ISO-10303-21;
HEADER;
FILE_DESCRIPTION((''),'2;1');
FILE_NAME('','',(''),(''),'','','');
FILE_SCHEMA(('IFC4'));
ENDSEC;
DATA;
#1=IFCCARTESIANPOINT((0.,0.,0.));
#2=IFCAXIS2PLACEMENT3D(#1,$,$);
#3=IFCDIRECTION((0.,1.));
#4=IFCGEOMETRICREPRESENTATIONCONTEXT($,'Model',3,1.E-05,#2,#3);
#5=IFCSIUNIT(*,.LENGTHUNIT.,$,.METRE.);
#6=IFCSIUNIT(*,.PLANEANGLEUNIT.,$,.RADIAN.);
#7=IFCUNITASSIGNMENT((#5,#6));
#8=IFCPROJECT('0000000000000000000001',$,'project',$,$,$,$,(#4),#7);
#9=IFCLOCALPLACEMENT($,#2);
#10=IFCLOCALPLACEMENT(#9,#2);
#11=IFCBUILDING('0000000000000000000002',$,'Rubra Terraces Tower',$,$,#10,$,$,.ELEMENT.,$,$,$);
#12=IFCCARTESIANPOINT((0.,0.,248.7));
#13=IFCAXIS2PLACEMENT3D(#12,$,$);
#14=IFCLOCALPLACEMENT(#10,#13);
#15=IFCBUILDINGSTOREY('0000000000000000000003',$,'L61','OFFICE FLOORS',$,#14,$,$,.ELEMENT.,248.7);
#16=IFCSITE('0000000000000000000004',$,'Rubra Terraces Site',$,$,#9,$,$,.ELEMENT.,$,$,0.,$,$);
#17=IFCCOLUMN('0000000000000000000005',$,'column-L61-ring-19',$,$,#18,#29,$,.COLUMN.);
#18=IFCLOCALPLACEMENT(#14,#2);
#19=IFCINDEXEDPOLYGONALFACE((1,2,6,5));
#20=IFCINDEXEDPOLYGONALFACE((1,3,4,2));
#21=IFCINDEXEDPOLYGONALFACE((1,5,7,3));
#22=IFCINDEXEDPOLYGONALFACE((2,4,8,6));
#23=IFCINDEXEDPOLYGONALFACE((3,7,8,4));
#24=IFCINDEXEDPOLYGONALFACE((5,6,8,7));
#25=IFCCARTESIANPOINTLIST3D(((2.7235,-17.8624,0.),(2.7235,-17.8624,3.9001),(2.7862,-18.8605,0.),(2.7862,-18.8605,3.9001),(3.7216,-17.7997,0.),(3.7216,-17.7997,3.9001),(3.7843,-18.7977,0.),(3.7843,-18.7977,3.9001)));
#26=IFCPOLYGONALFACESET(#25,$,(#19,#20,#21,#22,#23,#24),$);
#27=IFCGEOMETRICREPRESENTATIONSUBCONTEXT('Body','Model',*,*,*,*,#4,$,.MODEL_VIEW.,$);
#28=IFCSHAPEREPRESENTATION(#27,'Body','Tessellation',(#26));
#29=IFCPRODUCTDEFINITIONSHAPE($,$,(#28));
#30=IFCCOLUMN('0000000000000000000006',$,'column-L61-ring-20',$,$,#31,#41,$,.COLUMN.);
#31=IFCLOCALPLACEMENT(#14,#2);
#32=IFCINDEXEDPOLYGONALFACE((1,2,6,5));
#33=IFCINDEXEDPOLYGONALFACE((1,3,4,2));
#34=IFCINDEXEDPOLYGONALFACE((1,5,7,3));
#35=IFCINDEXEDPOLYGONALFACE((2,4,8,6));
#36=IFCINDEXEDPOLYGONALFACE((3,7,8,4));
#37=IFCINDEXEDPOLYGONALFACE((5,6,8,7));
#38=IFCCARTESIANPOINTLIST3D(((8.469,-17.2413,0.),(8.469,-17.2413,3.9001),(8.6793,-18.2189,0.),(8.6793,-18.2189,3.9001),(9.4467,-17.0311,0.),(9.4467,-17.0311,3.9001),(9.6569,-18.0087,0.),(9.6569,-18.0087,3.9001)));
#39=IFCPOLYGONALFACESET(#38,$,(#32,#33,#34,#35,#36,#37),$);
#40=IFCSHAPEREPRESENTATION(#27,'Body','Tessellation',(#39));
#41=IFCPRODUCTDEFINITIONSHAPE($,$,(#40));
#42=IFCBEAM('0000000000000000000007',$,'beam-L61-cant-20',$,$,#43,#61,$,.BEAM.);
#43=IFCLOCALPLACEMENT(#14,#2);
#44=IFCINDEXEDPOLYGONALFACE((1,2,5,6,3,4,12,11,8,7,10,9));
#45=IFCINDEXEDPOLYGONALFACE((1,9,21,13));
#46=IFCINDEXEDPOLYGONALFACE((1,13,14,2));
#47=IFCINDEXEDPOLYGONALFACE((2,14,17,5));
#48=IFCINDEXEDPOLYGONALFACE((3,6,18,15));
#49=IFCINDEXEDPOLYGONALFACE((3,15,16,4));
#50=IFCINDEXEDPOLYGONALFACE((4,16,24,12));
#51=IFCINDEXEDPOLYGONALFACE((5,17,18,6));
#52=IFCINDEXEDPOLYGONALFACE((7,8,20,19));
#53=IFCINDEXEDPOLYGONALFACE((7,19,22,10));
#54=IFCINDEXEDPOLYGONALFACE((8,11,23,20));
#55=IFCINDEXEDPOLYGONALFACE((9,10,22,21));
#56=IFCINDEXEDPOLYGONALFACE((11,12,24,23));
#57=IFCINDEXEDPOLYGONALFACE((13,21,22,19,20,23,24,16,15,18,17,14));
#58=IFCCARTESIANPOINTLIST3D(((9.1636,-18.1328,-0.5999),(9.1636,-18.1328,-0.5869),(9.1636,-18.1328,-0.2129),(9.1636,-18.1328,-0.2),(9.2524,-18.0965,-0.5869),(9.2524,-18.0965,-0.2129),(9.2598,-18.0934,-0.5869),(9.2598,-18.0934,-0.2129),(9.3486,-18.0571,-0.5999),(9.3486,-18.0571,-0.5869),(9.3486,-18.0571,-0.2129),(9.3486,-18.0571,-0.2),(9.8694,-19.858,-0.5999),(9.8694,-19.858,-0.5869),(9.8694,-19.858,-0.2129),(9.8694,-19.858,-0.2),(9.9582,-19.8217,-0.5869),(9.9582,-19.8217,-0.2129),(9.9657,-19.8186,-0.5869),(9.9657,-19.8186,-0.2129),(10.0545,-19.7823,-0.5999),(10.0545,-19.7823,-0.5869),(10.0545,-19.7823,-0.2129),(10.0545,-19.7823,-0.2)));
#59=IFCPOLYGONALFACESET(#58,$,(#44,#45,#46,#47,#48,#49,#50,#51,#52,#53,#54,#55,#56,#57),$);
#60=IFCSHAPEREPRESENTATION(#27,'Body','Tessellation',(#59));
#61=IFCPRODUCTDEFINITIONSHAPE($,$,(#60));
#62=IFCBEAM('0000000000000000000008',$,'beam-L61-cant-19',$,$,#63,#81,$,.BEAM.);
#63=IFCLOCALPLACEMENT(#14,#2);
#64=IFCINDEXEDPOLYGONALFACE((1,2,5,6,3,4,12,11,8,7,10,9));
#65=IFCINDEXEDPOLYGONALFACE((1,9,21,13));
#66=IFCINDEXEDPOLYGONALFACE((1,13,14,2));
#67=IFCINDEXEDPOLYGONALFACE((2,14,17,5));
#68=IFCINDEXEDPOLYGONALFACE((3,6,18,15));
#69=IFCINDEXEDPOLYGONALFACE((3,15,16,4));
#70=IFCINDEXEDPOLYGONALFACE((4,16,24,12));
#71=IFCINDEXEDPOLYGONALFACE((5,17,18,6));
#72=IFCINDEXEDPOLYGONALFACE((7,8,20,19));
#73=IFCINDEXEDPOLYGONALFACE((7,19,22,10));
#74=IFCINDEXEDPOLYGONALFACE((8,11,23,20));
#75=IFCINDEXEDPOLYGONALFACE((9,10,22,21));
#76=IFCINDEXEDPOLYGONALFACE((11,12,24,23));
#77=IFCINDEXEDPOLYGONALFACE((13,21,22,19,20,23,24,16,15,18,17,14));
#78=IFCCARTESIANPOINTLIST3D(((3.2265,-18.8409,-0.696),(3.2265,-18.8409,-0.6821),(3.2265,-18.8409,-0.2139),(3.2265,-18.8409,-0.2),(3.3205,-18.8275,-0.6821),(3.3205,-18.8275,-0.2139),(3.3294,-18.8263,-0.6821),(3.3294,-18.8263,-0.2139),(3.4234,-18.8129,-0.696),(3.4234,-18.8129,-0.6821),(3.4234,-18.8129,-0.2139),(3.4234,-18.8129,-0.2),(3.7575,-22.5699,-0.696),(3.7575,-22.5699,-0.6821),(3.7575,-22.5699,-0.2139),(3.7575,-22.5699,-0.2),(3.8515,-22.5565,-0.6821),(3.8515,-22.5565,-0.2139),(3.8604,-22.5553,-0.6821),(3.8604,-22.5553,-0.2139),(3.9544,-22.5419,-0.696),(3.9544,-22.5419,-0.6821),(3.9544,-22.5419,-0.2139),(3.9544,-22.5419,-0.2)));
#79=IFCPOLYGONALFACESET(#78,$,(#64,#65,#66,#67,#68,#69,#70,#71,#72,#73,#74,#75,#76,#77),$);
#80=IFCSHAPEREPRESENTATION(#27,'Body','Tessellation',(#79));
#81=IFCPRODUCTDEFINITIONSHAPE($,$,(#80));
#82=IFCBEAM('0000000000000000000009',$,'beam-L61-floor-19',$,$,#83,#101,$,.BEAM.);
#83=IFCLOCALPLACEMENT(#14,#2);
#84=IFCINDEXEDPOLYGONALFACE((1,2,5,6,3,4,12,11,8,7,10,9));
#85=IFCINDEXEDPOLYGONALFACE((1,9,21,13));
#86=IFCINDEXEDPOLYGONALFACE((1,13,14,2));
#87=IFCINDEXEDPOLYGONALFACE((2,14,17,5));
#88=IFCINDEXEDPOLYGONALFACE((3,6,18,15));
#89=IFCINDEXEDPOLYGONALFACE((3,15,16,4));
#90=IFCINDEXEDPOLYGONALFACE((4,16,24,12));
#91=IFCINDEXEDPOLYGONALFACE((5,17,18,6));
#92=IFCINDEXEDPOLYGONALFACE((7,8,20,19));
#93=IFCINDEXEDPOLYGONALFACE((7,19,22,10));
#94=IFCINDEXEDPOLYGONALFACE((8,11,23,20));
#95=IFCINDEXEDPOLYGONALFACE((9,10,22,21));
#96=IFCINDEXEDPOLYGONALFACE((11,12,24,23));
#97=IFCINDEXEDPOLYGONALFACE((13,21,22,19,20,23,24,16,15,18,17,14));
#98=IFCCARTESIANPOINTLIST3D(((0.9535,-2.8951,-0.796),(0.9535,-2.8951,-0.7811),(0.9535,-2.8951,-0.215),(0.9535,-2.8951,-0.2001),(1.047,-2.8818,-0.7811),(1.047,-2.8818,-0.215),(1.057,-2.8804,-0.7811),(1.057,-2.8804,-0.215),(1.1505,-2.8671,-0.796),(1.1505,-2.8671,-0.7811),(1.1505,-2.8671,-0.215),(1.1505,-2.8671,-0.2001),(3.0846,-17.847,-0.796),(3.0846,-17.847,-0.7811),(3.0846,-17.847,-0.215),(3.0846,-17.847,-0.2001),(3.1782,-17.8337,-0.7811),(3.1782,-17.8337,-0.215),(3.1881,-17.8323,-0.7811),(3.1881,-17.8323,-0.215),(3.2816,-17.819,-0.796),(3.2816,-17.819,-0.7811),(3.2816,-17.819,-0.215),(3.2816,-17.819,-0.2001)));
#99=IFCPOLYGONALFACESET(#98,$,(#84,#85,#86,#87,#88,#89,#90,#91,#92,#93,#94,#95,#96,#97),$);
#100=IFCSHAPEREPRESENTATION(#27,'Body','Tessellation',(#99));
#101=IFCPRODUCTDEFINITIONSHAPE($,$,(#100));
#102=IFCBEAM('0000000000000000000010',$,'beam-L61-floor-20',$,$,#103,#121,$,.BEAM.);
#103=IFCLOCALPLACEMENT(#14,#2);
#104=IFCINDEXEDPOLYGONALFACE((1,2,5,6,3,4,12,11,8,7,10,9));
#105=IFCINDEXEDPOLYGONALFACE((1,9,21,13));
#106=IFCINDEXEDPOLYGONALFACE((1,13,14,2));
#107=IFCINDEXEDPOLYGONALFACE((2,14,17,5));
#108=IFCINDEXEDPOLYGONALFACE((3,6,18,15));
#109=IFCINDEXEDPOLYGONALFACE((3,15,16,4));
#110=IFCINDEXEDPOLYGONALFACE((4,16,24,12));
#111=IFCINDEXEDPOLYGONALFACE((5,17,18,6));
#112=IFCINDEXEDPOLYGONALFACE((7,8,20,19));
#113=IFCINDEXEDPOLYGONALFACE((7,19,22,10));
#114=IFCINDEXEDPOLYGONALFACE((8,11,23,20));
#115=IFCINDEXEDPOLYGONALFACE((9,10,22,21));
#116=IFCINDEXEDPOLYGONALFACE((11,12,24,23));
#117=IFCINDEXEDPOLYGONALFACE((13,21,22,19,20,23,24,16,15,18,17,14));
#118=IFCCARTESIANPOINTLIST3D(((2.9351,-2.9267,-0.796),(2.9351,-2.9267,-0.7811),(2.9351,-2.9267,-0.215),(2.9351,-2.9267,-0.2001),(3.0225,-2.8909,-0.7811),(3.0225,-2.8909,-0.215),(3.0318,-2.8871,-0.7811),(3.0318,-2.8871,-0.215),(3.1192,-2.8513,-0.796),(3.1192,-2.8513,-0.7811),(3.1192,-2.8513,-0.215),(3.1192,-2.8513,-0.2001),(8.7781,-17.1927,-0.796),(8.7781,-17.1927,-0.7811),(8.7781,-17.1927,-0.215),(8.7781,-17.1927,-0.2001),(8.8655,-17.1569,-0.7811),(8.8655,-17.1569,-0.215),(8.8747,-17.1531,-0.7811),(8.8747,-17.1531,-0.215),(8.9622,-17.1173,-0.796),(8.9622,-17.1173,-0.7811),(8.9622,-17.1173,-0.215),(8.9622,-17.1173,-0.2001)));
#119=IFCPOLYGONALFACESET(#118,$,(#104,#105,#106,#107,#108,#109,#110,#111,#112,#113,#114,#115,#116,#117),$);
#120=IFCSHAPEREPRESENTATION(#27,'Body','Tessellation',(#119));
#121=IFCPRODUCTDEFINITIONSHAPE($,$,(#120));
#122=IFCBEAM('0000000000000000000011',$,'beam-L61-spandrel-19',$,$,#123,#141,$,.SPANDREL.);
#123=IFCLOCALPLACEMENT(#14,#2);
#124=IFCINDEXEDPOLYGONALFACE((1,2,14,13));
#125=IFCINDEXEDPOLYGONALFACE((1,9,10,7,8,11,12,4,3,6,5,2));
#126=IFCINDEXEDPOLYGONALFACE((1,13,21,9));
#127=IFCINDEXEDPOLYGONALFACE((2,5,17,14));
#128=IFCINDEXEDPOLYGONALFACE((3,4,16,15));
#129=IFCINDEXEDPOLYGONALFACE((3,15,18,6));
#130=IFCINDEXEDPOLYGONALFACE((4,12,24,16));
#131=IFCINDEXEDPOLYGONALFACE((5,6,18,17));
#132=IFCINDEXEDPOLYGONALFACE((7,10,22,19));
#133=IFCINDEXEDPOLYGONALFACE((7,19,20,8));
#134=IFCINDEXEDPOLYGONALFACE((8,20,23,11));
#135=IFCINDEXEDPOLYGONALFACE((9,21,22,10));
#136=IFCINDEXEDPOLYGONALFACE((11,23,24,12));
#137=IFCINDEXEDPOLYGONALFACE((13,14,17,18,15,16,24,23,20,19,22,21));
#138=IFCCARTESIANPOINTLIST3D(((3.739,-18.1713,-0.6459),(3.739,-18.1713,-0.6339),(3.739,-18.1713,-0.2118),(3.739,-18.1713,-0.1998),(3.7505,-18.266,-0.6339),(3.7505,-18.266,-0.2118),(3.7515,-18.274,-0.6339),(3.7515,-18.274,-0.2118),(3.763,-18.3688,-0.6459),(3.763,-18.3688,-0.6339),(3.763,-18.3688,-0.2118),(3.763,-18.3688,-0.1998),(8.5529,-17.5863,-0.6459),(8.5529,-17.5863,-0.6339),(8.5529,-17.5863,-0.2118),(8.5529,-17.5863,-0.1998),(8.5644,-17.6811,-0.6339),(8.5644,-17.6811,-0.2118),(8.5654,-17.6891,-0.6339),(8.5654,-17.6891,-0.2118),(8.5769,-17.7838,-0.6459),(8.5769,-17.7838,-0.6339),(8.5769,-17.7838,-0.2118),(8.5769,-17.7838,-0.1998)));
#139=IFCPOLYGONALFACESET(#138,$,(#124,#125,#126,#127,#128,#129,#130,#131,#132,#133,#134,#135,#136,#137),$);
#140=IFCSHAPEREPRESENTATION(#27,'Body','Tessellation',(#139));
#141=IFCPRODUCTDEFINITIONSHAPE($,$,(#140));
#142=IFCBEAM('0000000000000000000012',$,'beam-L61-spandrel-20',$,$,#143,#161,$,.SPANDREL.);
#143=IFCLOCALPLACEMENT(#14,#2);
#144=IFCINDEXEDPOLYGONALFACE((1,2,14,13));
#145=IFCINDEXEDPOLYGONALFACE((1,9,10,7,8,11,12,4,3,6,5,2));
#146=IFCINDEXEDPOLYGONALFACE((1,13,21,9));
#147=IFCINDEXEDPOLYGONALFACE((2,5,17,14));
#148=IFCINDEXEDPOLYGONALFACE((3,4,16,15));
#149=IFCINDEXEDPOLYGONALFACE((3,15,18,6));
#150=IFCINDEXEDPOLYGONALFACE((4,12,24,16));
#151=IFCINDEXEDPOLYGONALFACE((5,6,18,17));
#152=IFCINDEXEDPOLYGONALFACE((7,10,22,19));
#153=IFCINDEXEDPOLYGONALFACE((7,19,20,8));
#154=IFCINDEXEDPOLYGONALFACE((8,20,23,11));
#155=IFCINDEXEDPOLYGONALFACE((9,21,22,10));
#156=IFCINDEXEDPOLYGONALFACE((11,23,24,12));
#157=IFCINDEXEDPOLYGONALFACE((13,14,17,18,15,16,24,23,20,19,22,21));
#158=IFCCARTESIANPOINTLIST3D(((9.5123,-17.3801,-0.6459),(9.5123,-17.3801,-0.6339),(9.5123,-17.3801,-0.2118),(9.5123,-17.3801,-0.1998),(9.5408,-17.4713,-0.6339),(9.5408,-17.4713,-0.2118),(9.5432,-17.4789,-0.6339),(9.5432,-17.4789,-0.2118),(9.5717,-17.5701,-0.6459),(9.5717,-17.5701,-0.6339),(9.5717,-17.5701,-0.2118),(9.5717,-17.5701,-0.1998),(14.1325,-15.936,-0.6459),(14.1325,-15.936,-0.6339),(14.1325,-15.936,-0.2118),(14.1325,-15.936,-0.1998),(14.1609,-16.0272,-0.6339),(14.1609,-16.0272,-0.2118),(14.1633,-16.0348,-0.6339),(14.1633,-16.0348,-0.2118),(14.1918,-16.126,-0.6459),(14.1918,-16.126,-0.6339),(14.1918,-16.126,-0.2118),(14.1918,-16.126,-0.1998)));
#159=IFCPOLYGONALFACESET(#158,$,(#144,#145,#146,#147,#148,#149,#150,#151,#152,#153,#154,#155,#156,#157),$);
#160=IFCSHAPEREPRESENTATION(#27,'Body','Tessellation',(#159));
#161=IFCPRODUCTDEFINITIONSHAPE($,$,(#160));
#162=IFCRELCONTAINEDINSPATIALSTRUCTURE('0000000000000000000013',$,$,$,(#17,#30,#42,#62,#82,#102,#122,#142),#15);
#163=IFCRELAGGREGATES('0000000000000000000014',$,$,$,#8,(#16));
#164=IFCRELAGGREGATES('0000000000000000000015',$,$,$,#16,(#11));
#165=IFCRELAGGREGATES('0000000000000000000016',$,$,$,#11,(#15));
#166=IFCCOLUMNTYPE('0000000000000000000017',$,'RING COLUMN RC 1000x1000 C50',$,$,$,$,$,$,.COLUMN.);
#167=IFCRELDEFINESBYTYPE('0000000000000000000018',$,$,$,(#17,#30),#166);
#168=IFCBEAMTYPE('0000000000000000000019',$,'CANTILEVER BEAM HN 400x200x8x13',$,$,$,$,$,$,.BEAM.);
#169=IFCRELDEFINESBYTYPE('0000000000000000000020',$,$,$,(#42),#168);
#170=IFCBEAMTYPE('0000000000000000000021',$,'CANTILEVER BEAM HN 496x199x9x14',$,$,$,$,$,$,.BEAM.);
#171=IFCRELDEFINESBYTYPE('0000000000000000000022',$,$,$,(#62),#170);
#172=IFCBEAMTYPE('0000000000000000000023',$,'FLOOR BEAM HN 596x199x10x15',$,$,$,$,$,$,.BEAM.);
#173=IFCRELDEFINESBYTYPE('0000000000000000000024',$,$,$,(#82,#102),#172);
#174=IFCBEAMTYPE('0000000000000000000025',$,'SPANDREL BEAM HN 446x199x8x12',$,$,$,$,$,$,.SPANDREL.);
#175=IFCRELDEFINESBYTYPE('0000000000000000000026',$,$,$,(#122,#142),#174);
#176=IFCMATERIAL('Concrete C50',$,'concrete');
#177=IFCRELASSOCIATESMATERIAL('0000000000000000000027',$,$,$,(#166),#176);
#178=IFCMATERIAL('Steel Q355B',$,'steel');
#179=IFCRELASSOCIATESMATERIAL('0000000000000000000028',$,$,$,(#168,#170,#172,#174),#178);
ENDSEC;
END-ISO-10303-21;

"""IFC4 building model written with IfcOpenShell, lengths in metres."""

from ifc_helpers import new_model, si_unit, direction, frame, origin, origin_2d, place, context, subcontext, project, spatial, rectangle, i_section, extrude, material, material_profile, profile_set, type_object, element, save


model = new_model("IFC4")

# Units and contexts
model_context = context("Model", 3, precision=1e-05, world=origin(), true_north=direction((0.0, 1.0)))
body_context = subcontext(model_context, "Body", "Model", "MODEL_VIEW")
ifc_project = project(units=[si_unit("LENGTHUNIT", "METRE"), si_unit("PLANEANGLEUNIT", "RADIAN")], contexts=[model_context])

# Site, building, storey
site_placement = place(None, origin())
site = spatial("IfcSite", under=ifc_project, at=site_placement, Name="Rubra Terraces Site", CompositionType="ELEMENT", RefElevation=0.0)
building_placement = place(site_placement, origin())
building = spatial("IfcBuilding", under=site, at=building_placement, Name="Rubra Terraces Tower", CompositionType="ELEMENT")
storey_placement = place(building_placement, frame((0.0, 0.0, 248.7)))
storey = spatial("IfcBuildingStorey", under=building, at=storey_placement, Name="L61", Description="OFFICE FLOORS", CompositionType="ELEMENT", Elevation=248.7)

# Columns
ifc_material_1 = material(Name="Concrete C50", Category="concrete")
ifc_material_profile_1 = material_profile(ifc_material_1, rectangle(XDim=1.0, YDim=1.0, at=origin_2d()), Name="RC 1000x1000")
ifc_profile_set_1 = profile_set([ifc_material_profile_1], Name="Concrete C50")
column_type = type_object("IfcColumnType", Name="RING COLUMN RC 1000x1000 C50", PredefinedType="COLUMN", material=ifc_profile_set_1)
for number, where, z_axis, x_axis, name in (
    (1, (3.2539, -18.3301, 0.0), (0.0, 0.0, 1.0), (0.998032, 0.062714, 0.0), "column-L61-ring-19"),
    (2, (9.063, -17.625, 0.0), (0.0, 0.0, 1.0), (0.977653, 0.210227, 0.0), "column-L61-ring-20"),
):
    element("IfcColumn", number, at=place(storey_placement, frame(where, z_axis=z_axis, x_axis=x_axis)), inside=storey, type_object=column_type, Name=name, PredefinedType="COLUMN", context=body_context, shape_type="SweptSolid", body=[
        extrude(rectangle(XDim=1.0, YDim=1.0, at=origin_2d()), origin(), (0.0, 0.0, 1.0), 3.9001),
    ])

# Beams
ifc_material_2 = material(Name="Steel Q355B", Category="steel")
ifc_material_profile_2 = material_profile(ifc_material_2, i_section(OverallWidth=0.2, OverallDepth=0.3999, WebThickness=0.0081, FlangeThickness=0.0129, at=origin_2d()), Name="HN 400x200x8x13")
ifc_profile_set_2 = profile_set([ifc_material_profile_2], Name="Steel Q355B")
beam_type_1 = type_object("IfcBeamType", Name="CANTILEVER BEAM HN 400x200x8x13", PredefinedType="BEAM", material=ifc_profile_set_2)
beam_1_placement = place(storey_placement, frame((9.2561, -18.095, -0.3999), z_axis=(0.378674, -0.92553, 0.0), x_axis=(0.92553, 0.378674, 0.0)))
element("IfcBeam", 3, at=beam_1_placement, inside=storey, type_object=beam_type_1, Name="beam-L61-cant-20", PredefinedType="BEAM", context=body_context, shape_type="SweptSolid", body=[
    extrude(i_section(OverallWidth=0.2, OverallDepth=0.3999, WebThickness=0.0081, FlangeThickness=0.0129, at=origin_2d()), origin(), (0.0, 0.0, 1.0), 1.864),
])
ifc_material_profile_3 = material_profile(ifc_material_2, i_section(OverallWidth=0.199, OverallDepth=0.4961, WebThickness=0.009, FlangeThickness=0.0139, at=origin_2d()), Name="HN 496x199x9x14")
ifc_profile_set_3 = profile_set([ifc_material_profile_3], Name="Steel Q355B")
beam_type_2 = type_object("IfcBeamType", Name="CANTILEVER BEAM HN 496x199x9x14", PredefinedType="BEAM", material=ifc_profile_set_3)
beam_2_placement = place(storey_placement, frame((3.325, -18.8269, -0.448), z_axis=(0.140977, -0.990013, 0.0), x_axis=(0.990013, 0.140977, 0.0)))
element("IfcBeam", 4, at=beam_2_placement, inside=storey, type_object=beam_type_2, Name="beam-L61-cant-19", PredefinedType="BEAM", context=body_context, shape_type="SweptSolid", body=[
    extrude(i_section(OverallWidth=0.199, OverallDepth=0.4961, WebThickness=0.009, FlangeThickness=0.0139, at=origin_2d()), origin(), (0.0, 0.0, 1.0), 3.7666),
])
ifc_material_profile_4 = material_profile(ifc_material_2, i_section(OverallWidth=0.199, OverallDepth=0.5959, WebThickness=0.01, FlangeThickness=0.0149, at=origin_2d()), Name="HN 596x199x10x15")
ifc_profile_set_4 = profile_set([ifc_material_profile_4], Name="Steel Q355B")
beam_type_3 = type_object("IfcBeamType", Name="FLOOR BEAM HN 596x199x10x15", PredefinedType="BEAM", material=ifc_profile_set_4)
beam_3_placement = place(storey_placement, frame((3.1831, -17.833, -0.498), z_axis=(-0.141105, 0.989995, 0.0), x_axis=(-0.989995, -0.141105, 0.0)))
element("IfcBeam", 5, at=beam_3_placement, inside=storey, type_object=beam_type_3, Name="beam-L61-floor-19", PredefinedType="BEAM", context=body_context, shape_type="SweptSolid", body=[
    extrude(i_section(OverallWidth=0.199, OverallDepth=0.5959, WebThickness=0.01, FlangeThickness=0.0149, at=origin_2d()), origin(), (0.0, 0.0, 1.0), 15.103),
])
beam_4_placement = place(storey_placement, frame((8.8701, -17.155, -0.498), z_axis=(-0.379015, 0.92539, 0.0), x_axis=(-0.92539, -0.379015, 0.0)))
element("IfcBeam", 6, at=beam_4_placement, inside=storey, type_object=beam_type_3, Name="beam-L61-floor-20", PredefinedType="BEAM", context=body_context, shape_type="SweptSolid", body=[
    extrude(i_section(OverallWidth=0.199, OverallDepth=0.5959, WebThickness=0.01, FlangeThickness=0.0149, at=origin_2d()), origin(), (0.0, 0.0, 1.0), 15.4163),
])
ifc_material_profile_5 = material_profile(ifc_material_2, i_section(OverallWidth=0.199, OverallDepth=0.446, WebThickness=0.0081, FlangeThickness=0.012, at=origin_2d()), Name="HN 446x199x8x12")
ifc_profile_set_5 = profile_set([ifc_material_profile_5], Name="Steel Q355B")
beam_type_4 = type_object("IfcBeamType", Name="SPANDREL BEAM HN 446x199x8x12", PredefinedType="SPANDREL", material=ifc_profile_set_5)
beam_5_placement = place(storey_placement, frame((3.751, -18.27, -0.4229), z_axis=(0.992698, 0.120626, 0.0), x_axis=(-0.120626, 0.992698, 0.0)))
element("IfcBeam", 7, at=beam_5_placement, inside=storey, type_object=beam_type_4, Name="beam-L61-spandrel-19", PredefinedType="SPANDREL", context=body_context, shape_type="SweptSolid", body=[
    extrude(i_section(OverallWidth=0.199, OverallDepth=0.446, WebThickness=0.0081, FlangeThickness=0.012, at=origin_2d()), origin(), (0.0, 0.0, 1.0), 4.8494),
])
beam_6_placement = place(storey_placement, frame((9.542, -17.4751, -0.4229), z_axis=(0.954462, 0.298332, 0.0), x_axis=(-0.298332, 0.954462, 0.0)))
element("IfcBeam", 8, at=beam_6_placement, inside=storey, type_object=beam_type_4, Name="beam-L61-spandrel-20", PredefinedType="SPANDREL", context=body_context, shape_type="SweptSolid", body=[
    extrude(i_section(OverallWidth=0.199, OverallDepth=0.446, WebThickness=0.0081, FlangeThickness=0.012, at=origin_2d()), origin(), (0.0, 0.0, 1.0), 4.8406),
])

save(model, "model.ifc")
